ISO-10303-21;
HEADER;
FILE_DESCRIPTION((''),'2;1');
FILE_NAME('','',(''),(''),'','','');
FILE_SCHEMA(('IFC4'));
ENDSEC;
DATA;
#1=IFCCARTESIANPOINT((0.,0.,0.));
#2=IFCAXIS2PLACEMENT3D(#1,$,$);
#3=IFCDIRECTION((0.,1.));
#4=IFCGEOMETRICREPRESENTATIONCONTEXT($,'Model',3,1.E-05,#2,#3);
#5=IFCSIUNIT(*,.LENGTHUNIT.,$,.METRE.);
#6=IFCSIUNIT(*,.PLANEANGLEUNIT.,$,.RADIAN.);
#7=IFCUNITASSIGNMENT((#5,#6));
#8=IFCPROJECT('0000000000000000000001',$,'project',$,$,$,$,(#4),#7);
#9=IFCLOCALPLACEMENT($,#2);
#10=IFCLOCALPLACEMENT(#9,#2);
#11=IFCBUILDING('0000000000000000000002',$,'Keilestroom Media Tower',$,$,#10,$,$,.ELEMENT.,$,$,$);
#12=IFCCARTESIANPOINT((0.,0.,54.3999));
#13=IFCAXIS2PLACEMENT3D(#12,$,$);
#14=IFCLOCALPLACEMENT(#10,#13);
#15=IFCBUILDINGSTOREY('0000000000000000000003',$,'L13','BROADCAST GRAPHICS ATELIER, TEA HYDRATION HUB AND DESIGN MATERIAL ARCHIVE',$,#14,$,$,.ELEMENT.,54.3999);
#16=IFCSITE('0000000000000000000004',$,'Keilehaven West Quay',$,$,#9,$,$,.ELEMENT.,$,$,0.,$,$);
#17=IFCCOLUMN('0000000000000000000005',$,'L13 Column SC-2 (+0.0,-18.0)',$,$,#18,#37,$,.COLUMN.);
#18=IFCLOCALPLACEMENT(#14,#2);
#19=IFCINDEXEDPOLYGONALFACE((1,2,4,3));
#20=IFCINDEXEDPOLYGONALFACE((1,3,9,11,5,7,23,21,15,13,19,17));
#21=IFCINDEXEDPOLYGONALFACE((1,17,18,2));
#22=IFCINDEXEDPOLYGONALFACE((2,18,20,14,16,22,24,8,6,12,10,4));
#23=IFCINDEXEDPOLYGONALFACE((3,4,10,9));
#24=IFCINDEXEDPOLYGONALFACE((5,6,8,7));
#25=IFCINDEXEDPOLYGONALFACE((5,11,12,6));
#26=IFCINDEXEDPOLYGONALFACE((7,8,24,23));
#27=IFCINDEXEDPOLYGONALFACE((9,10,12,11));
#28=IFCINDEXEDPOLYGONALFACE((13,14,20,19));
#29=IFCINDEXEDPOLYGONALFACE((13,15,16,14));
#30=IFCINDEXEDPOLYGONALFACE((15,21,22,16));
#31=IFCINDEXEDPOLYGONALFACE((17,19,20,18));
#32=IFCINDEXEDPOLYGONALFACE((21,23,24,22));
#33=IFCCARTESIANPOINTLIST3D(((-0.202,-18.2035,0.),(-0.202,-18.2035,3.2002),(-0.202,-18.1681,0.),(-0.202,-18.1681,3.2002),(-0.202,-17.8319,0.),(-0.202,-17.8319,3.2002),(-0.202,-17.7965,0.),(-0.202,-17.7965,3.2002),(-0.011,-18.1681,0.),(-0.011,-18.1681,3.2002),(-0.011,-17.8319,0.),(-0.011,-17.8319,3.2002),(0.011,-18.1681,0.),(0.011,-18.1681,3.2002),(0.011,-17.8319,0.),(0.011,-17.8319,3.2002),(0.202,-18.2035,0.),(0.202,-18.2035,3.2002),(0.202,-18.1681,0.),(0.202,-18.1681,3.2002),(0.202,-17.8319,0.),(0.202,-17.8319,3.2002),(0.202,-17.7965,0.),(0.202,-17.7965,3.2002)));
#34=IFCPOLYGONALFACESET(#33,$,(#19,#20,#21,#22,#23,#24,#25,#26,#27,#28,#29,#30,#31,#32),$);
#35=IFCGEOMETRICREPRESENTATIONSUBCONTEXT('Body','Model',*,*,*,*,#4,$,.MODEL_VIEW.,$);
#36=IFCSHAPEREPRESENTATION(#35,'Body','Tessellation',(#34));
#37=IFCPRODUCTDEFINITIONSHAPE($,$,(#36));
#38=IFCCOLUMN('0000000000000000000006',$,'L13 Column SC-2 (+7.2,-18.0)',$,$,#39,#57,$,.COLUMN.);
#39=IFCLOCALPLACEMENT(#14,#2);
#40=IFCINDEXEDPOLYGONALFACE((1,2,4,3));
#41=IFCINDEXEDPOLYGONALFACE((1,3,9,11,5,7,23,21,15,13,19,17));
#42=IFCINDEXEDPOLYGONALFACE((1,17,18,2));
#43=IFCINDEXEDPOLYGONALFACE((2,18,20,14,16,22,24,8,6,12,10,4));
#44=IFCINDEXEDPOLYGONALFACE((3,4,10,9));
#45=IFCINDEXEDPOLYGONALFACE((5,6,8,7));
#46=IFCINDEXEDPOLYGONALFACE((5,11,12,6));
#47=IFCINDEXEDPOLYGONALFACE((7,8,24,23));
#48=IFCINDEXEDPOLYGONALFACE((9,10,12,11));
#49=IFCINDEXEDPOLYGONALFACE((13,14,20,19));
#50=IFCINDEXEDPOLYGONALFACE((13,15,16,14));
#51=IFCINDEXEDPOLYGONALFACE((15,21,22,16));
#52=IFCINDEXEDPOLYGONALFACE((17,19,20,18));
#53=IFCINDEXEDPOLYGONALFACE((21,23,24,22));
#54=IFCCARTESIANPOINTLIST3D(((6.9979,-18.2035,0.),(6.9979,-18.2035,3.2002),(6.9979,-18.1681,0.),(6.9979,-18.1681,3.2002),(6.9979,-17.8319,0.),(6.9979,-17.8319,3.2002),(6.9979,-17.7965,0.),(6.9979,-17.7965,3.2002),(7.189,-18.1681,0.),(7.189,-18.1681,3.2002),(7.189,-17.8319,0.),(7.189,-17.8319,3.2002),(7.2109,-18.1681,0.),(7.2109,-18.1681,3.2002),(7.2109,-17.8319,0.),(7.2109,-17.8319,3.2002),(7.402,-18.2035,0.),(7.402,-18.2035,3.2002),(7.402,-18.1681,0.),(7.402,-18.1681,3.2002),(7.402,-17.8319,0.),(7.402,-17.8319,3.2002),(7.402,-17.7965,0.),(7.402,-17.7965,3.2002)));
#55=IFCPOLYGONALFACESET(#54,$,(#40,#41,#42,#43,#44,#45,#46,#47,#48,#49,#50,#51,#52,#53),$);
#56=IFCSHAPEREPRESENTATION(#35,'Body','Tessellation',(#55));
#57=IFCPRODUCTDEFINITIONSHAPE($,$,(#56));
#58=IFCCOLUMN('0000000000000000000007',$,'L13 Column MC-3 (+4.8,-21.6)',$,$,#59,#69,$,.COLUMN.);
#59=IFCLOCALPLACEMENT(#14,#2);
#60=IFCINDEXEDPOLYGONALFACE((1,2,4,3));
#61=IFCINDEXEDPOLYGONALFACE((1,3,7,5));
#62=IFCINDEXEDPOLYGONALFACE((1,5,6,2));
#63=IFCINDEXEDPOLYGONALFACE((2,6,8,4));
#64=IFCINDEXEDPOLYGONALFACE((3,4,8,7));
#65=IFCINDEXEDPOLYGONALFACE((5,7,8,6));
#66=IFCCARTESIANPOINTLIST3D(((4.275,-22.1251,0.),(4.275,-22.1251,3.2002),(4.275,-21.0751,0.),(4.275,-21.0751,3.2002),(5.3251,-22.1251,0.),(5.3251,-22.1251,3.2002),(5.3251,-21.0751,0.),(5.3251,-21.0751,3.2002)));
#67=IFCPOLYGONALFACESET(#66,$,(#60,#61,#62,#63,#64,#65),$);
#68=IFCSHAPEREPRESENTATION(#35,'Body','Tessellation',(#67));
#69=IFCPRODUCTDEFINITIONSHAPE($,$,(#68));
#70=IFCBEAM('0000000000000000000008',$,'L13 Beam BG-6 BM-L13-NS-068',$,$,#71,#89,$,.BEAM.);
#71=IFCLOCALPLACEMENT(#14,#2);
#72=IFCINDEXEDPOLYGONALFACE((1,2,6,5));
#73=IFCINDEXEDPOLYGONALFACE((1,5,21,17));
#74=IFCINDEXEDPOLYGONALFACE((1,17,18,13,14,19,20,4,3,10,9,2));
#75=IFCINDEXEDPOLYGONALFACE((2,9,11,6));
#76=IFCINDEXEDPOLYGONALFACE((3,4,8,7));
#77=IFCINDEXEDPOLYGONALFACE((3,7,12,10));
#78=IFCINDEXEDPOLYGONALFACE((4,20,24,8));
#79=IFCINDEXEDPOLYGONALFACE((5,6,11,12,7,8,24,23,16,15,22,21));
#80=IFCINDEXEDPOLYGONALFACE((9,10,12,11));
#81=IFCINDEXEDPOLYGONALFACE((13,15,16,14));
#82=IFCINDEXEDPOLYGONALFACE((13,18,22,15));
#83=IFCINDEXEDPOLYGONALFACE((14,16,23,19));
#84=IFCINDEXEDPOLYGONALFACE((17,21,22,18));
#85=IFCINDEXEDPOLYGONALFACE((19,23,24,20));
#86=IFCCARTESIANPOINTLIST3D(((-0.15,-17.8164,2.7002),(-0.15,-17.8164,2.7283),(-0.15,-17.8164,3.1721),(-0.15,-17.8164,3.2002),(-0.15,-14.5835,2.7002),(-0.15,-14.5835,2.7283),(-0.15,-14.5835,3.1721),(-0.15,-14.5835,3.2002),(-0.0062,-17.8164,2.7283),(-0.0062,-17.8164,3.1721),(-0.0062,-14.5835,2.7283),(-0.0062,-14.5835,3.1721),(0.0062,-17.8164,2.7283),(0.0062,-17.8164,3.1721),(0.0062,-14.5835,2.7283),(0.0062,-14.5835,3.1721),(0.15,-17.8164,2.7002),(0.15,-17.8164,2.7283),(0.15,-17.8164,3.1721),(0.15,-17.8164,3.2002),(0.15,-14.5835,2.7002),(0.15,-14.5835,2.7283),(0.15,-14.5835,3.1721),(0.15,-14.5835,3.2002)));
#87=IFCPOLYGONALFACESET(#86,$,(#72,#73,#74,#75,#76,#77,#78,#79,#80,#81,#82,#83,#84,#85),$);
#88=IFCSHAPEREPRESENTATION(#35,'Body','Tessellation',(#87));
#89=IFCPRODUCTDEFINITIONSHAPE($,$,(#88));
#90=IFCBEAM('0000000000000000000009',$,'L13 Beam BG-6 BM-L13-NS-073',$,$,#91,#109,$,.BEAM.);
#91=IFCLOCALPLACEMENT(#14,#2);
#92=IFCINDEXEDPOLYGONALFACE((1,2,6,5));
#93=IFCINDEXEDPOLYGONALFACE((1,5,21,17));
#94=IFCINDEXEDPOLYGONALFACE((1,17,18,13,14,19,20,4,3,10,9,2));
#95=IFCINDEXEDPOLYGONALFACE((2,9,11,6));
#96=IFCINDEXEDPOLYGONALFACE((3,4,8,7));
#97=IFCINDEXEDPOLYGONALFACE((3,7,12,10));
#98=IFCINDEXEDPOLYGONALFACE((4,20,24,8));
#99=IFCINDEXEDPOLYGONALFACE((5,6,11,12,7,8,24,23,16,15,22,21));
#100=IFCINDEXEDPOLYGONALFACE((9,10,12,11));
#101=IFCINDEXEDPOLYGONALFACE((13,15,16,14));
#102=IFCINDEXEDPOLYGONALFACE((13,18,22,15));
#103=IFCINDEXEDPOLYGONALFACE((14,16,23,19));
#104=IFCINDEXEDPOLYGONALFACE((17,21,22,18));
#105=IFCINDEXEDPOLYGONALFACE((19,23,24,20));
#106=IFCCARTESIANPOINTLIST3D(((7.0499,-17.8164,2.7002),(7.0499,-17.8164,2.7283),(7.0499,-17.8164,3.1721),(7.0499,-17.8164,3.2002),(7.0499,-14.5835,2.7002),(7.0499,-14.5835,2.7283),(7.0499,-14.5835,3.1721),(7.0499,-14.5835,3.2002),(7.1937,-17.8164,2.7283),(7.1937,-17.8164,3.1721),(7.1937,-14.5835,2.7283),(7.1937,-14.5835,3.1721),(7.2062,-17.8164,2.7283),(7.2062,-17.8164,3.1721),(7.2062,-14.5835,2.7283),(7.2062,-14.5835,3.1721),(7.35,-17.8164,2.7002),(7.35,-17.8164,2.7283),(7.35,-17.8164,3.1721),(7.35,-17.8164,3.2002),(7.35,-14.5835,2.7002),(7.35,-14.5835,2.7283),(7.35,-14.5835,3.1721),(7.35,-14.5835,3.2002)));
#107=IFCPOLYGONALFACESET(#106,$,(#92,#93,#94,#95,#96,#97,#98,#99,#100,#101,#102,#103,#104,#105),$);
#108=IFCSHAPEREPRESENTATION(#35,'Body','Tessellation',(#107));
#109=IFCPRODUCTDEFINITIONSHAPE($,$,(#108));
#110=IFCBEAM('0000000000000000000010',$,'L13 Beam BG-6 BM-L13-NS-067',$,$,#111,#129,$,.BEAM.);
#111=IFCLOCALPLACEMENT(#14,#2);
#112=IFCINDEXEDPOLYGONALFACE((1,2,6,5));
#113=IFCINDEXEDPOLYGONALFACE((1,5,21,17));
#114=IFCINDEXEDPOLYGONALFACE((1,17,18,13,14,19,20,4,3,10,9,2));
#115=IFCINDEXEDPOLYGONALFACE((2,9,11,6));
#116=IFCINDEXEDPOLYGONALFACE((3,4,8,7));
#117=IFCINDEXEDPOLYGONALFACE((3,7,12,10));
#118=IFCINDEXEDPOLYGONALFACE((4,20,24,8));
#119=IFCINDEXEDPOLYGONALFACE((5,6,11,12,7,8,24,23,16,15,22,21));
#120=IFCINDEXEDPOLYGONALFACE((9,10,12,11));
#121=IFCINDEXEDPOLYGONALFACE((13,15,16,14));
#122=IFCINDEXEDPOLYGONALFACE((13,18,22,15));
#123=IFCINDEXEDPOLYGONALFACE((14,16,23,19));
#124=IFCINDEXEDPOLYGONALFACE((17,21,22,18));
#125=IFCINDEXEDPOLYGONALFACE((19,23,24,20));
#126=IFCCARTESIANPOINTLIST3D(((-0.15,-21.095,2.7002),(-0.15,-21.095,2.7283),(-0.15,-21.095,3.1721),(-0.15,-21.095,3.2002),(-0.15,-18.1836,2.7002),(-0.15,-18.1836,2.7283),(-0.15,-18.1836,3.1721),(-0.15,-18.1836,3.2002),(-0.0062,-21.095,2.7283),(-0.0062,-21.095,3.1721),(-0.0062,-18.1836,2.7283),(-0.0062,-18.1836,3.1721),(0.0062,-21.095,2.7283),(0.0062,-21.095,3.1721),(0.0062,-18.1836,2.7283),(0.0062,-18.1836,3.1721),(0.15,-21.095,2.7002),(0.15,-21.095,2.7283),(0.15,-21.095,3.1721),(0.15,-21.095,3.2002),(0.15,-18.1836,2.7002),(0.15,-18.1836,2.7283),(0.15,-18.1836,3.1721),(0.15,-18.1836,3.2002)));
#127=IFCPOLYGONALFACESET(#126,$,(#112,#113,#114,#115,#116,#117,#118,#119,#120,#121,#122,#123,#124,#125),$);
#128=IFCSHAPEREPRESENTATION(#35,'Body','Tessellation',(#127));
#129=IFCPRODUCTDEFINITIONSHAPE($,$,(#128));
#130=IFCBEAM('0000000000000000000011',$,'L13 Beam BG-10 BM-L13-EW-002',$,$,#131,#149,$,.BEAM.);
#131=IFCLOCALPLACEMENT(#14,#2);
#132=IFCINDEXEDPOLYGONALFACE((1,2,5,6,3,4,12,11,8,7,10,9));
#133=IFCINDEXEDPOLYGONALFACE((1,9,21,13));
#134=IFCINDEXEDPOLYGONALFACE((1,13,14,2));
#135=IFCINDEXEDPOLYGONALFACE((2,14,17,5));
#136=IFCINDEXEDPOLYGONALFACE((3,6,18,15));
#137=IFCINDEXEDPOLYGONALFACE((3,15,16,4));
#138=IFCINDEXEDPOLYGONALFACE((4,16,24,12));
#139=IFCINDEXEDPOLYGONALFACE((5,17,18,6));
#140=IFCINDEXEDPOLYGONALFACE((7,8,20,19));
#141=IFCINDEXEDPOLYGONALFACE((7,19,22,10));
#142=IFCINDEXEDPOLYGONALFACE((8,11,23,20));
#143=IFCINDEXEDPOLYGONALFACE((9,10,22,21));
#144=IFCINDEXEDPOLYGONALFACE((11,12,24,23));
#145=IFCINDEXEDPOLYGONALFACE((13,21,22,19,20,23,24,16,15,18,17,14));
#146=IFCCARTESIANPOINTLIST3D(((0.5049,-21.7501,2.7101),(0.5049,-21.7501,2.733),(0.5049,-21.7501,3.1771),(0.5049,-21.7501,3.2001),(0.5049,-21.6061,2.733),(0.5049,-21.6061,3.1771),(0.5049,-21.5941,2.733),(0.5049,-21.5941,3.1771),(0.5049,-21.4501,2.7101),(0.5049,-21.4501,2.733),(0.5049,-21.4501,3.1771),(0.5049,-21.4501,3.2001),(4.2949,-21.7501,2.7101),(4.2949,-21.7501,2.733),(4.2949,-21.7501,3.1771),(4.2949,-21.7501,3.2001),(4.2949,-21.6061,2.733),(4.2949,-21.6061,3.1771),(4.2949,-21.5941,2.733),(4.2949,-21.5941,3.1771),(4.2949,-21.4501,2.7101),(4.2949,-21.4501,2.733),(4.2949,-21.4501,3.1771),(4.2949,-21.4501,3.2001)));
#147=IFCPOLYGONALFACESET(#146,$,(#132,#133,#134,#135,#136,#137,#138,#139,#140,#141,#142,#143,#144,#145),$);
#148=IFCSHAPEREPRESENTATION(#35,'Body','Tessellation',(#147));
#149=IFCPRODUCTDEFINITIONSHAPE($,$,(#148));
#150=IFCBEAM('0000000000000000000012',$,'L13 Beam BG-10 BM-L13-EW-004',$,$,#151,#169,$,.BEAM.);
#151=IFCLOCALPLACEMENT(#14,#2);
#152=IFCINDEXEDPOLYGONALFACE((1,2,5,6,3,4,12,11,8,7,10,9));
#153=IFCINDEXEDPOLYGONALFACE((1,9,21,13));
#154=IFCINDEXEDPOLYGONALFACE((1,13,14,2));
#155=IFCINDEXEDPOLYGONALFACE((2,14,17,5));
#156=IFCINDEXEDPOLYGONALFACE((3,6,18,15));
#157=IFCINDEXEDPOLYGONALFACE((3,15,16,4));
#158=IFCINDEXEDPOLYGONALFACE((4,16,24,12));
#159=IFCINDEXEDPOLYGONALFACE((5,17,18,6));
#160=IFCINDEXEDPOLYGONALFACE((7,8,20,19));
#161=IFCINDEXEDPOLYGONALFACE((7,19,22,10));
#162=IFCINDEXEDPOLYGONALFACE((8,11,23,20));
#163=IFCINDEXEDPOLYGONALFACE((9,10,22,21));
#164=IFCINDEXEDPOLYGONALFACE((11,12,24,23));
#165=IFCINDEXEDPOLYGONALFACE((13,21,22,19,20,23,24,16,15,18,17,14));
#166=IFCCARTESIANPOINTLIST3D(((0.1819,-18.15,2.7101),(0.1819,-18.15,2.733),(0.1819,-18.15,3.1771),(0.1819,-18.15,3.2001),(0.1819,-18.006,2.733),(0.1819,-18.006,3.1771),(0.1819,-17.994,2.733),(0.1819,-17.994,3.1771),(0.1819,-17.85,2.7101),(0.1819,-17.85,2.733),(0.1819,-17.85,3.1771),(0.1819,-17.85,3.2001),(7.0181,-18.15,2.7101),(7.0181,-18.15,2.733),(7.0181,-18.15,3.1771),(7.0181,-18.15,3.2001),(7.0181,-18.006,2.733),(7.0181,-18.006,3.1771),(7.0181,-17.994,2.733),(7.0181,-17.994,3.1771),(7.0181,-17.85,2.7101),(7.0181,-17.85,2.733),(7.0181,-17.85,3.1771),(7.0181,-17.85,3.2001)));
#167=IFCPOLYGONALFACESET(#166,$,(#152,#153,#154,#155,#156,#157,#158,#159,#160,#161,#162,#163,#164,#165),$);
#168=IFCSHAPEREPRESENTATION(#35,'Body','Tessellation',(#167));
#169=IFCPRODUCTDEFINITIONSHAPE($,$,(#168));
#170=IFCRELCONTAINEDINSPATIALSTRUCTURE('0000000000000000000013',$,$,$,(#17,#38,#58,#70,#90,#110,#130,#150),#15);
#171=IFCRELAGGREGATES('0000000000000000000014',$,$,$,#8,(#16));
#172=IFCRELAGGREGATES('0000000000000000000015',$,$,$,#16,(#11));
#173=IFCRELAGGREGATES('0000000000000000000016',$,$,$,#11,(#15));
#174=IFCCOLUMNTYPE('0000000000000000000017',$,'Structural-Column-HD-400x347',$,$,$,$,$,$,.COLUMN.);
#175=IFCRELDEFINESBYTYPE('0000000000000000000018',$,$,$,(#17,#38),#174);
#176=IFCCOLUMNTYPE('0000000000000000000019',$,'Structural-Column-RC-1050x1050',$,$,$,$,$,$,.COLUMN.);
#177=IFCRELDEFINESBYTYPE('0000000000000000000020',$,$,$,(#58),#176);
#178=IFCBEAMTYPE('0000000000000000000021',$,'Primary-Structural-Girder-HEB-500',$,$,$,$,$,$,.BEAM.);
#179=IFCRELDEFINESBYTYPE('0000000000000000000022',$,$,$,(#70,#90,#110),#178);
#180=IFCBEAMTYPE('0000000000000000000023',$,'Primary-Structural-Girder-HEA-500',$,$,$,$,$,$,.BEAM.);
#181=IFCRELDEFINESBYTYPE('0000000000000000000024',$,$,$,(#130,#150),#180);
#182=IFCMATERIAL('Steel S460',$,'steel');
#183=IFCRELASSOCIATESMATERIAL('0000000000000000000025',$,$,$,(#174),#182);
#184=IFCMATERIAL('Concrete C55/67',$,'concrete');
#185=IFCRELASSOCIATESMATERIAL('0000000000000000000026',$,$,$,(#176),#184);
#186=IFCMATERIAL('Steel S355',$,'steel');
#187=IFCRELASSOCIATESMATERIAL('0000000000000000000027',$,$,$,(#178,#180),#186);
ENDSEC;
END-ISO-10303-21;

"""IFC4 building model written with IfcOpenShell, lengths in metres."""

from ifc_helpers import new_model, si_unit, direction, frame, origin, origin_2d, place, context, subcontext, project, spatial, rectangle, i_section, extrude, source, transform, mapped, material, material_profile, profile_set, type_object, element, save


model = new_model("IFC4")

# Units and contexts
model_context = context("Model", 3, precision=1e-05, world=origin(), true_north=direction((0.0, 1.0)))
body_context = subcontext(model_context, "Body", "Model", "MODEL_VIEW")
ifc_project = project(units=[si_unit("LENGTHUNIT", "METRE"), si_unit("PLANEANGLEUNIT", "RADIAN")], contexts=[model_context])

# Site, building, storey
site_placement = place(None, origin())
site = spatial("IfcSite", under=ifc_project, at=site_placement, Name="Keilehaven West Quay", CompositionType="ELEMENT", RefElevation=0.0)
building_placement = place(site_placement, origin())
building = spatial("IfcBuilding", under=site, at=building_placement, Name="Keilestroom Media Tower", CompositionType="ELEMENT")
storey_placement = place(building_placement, frame((0.0, 0.0, 54.3999)))
storey = spatial("IfcBuildingStorey", under=building, at=storey_placement, Name="L13", Description="BROADCAST GRAPHICS ATELIER, TEA HYDRATION HUB AND DESIGN MATERIAL ARCHIVE", CompositionType="ELEMENT", Elevation=54.3999)

# Columns
ifc_material_1 = material(Name="Steel S460", Category="steel")
ifc_material_profile_1 = material_profile(ifc_material_1, i_section(OverallWidth=0.4041, OverallDepth=0.407, WebThickness=0.022, FlangeThickness=0.0354, at=origin_2d()), Name="HD 400x347")
ifc_profile_set_1 = profile_set([ifc_material_profile_1], Name="Steel S460")
column_type_1 = type_object("IfcColumnType", Name="Structural-Column-HD-400x347", PredefinedType="COLUMN", material=ifc_profile_set_1)
shared_shape_1 = source(origin(), body_context, "Body", "SweptSolid", [
    extrude(i_section(OverallWidth=0.4041, OverallDepth=0.407, WebThickness=0.022, FlangeThickness=0.0354, at=origin_2d()), origin(), (0.0, 0.0, 1.0), 3.2002),
])
for number, where, z_axis, x_axis, name in (
    (1, (0.0, -18.0, 0.0), (0.0, 0.0, 1.0), (1.0, 0.0, 0.0), "L13 Column SC-2 (+0.0,-18.0)"),
    (2, (7.2, -18.0, 0.0), (0.0, 0.0, 1.0), (1.0, 0.0, 0.0), "L13 Column SC-2 (+7.2,-18.0)"),
):
    element("IfcColumn", number, at=place(storey_placement, frame(where, z_axis=z_axis, x_axis=x_axis)), inside=storey, type_object=column_type_1, Name=name, PredefinedType="COLUMN", context=body_context, shape_type="MappedRepresentation", body=[
        mapped(shared_shape_1, transform((0.0, 0.0, 0.0), x_axis=(1.0, 0.0, 0.0), y_axis=(0.0, 1.0, 0.0), z_axis=(0.0, 0.0, 1.0), scale=1.0)),
    ])
ifc_material_2 = material(Name="Concrete C55/67", Category="concrete")
ifc_material_profile_2 = material_profile(ifc_material_2, rectangle(XDim=1.05, YDim=1.05, at=origin_2d()), Name="RC 1050x1050")
ifc_profile_set_2 = profile_set([ifc_material_profile_2], Name="Concrete C55/67")
column_type_2 = type_object("IfcColumnType", Name="Structural-Column-RC-1050x1050", PredefinedType="COLUMN", material=ifc_profile_set_2)
shared_shape_2 = source(origin(), body_context, "Body", "SweptSolid", [
    extrude(rectangle(XDim=1.05, YDim=1.05, at=origin_2d()), origin(), (0.0, 0.0, 1.0), 3.2002),
])
column_placement = place(storey_placement, frame((4.8, -21.6001, 0.0), z_axis=(0.0, 0.0, 1.0), x_axis=(1.0, 0.0, 0.0)))
element("IfcColumn", 3, at=column_placement, inside=storey, type_object=column_type_2, Name="L13 Column MC-3 (+4.8,-21.6)", PredefinedType="COLUMN", context=body_context, shape_type="MappedRepresentation", body=[
    mapped(shared_shape_2, transform((0.0, 0.0, 0.0), x_axis=(1.0, 0.0, 0.0), y_axis=(0.0, 1.0, 0.0), z_axis=(0.0, 0.0, 1.0), scale=1.0)),
])

# Beams
ifc_material_3 = material(Name="Steel S355", Category="steel")
ifc_material_profile_3 = material_profile(ifc_material_3, i_section(OverallWidth=0.3, OverallDepth=0.5, WebThickness=0.0125, FlangeThickness=0.0281, at=origin_2d()), Name="HEB 500")
ifc_profile_set_3 = profile_set([ifc_material_profile_3], Name="Steel S355")
beam_type_1 = type_object("IfcBeamType", Name="Primary-Structural-Girder-HEB-500", PredefinedType="BEAM", material=ifc_profile_set_3)
shared_shape_3 = source(origin(), body_context, "Body", "SweptSolid", [
    extrude(i_section(OverallWidth=0.3, OverallDepth=0.5, WebThickness=0.0125, FlangeThickness=0.0281, at=origin_2d()), origin(), (0.0, 0.0, 1.0), 3.2329),
])
for number, where, z_axis, x_axis, name in (
    (4, (0.0, -17.8164, 2.9502), (0.0, 1.0, 0.0), (-1.0, 0.0, 0.0), "L13 Beam BG-6 BM-L13-NS-068"),
    (5, (7.2, -17.8164, 2.9502), (0.0, 1.0, 0.0), (-1.0, 0.0, 0.0), "L13 Beam BG-6 BM-L13-NS-073"),
):
    element("IfcBeam", number, at=place(storey_placement, frame(where, z_axis=z_axis, x_axis=x_axis)), inside=storey, type_object=beam_type_1, Name=name, PredefinedType="BEAM", context=body_context, shape_type="MappedRepresentation", body=[
        mapped(shared_shape_3, transform((0.0, 0.0, 0.0), x_axis=(1.0, 0.0, 0.0), y_axis=(0.0, 1.0, 0.0), z_axis=(0.0, 0.0, 1.0), scale=1.0)),
    ])
shared_shape_4 = source(origin(), body_context, "Body", "SweptSolid", [
    extrude(i_section(OverallWidth=0.3, OverallDepth=0.5, WebThickness=0.0125, FlangeThickness=0.0281, at=origin_2d()), origin(), (0.0, 0.0, 1.0), 2.9114),
])
beam_1_placement = place(storey_placement, frame((0.0, -21.095, 2.9502), z_axis=(0.0, 1.0, 0.0), x_axis=(-1.0, 0.0, 0.0)))
element("IfcBeam", 6, at=beam_1_placement, inside=storey, type_object=beam_type_1, Name="L13 Beam BG-6 BM-L13-NS-067", PredefinedType="BEAM", context=body_context, shape_type="MappedRepresentation", body=[
    mapped(shared_shape_4, transform((0.0, 0.0, 0.0), x_axis=(1.0, 0.0, 0.0), y_axis=(0.0, 1.0, 0.0), z_axis=(0.0, 0.0, 1.0), scale=1.0)),
])
ifc_material_profile_4 = material_profile(ifc_material_3, i_section(OverallWidth=0.3, OverallDepth=0.49, WebThickness=0.012, FlangeThickness=0.0229, at=origin_2d()), Name="HEA 500")
ifc_profile_set_4 = profile_set([ifc_material_profile_4], Name="Steel S355")
beam_type_2 = type_object("IfcBeamType", Name="Primary-Structural-Girder-HEA-500", PredefinedType="BEAM", material=ifc_profile_set_4)
shared_shape_5 = source(origin(), body_context, "Body", "SweptSolid", [
    extrude(i_section(OverallWidth=0.3, OverallDepth=0.49, WebThickness=0.012, FlangeThickness=0.0229, at=origin_2d()), origin(), (0.0, 0.0, 1.0), 3.79),
])
beam_2_placement = place(storey_placement, frame((0.5049, -21.6001, 2.9551), z_axis=(1.0, 0.0, 0.0), x_axis=(0.0, 1.0, 0.0)))
element("IfcBeam", 7, at=beam_2_placement, inside=storey, type_object=beam_type_2, Name="L13 Beam BG-10 BM-L13-EW-002", PredefinedType="BEAM", context=body_context, shape_type="MappedRepresentation", body=[
    mapped(shared_shape_5, transform((0.0, 0.0, 0.0), x_axis=(1.0, 0.0, 0.0), y_axis=(0.0, 1.0, 0.0), z_axis=(0.0, 0.0, 1.0), scale=1.0)),
])
shared_shape_6 = source(origin(), body_context, "Body", "SweptSolid", [
    extrude(i_section(OverallWidth=0.3, OverallDepth=0.49, WebThickness=0.012, FlangeThickness=0.0229, at=origin_2d()), origin(), (0.0, 0.0, 1.0), 6.8362),
])
beam_3_placement = place(storey_placement, frame((0.1819, -18.0, 2.9551), z_axis=(1.0, 0.0, 0.0), x_axis=(0.0, 1.0, 0.0)))
element("IfcBeam", 8, at=beam_3_placement, inside=storey, type_object=beam_type_2, Name="L13 Beam BG-10 BM-L13-EW-004", PredefinedType="BEAM", context=body_context, shape_type="MappedRepresentation", body=[
    mapped(shared_shape_6, transform((0.0, 0.0, 0.0), x_axis=(1.0, 0.0, 0.0), y_axis=(0.0, 1.0, 0.0), z_axis=(0.0, 0.0, 1.0), scale=1.0)),
])

save(model, "model.ifc")
